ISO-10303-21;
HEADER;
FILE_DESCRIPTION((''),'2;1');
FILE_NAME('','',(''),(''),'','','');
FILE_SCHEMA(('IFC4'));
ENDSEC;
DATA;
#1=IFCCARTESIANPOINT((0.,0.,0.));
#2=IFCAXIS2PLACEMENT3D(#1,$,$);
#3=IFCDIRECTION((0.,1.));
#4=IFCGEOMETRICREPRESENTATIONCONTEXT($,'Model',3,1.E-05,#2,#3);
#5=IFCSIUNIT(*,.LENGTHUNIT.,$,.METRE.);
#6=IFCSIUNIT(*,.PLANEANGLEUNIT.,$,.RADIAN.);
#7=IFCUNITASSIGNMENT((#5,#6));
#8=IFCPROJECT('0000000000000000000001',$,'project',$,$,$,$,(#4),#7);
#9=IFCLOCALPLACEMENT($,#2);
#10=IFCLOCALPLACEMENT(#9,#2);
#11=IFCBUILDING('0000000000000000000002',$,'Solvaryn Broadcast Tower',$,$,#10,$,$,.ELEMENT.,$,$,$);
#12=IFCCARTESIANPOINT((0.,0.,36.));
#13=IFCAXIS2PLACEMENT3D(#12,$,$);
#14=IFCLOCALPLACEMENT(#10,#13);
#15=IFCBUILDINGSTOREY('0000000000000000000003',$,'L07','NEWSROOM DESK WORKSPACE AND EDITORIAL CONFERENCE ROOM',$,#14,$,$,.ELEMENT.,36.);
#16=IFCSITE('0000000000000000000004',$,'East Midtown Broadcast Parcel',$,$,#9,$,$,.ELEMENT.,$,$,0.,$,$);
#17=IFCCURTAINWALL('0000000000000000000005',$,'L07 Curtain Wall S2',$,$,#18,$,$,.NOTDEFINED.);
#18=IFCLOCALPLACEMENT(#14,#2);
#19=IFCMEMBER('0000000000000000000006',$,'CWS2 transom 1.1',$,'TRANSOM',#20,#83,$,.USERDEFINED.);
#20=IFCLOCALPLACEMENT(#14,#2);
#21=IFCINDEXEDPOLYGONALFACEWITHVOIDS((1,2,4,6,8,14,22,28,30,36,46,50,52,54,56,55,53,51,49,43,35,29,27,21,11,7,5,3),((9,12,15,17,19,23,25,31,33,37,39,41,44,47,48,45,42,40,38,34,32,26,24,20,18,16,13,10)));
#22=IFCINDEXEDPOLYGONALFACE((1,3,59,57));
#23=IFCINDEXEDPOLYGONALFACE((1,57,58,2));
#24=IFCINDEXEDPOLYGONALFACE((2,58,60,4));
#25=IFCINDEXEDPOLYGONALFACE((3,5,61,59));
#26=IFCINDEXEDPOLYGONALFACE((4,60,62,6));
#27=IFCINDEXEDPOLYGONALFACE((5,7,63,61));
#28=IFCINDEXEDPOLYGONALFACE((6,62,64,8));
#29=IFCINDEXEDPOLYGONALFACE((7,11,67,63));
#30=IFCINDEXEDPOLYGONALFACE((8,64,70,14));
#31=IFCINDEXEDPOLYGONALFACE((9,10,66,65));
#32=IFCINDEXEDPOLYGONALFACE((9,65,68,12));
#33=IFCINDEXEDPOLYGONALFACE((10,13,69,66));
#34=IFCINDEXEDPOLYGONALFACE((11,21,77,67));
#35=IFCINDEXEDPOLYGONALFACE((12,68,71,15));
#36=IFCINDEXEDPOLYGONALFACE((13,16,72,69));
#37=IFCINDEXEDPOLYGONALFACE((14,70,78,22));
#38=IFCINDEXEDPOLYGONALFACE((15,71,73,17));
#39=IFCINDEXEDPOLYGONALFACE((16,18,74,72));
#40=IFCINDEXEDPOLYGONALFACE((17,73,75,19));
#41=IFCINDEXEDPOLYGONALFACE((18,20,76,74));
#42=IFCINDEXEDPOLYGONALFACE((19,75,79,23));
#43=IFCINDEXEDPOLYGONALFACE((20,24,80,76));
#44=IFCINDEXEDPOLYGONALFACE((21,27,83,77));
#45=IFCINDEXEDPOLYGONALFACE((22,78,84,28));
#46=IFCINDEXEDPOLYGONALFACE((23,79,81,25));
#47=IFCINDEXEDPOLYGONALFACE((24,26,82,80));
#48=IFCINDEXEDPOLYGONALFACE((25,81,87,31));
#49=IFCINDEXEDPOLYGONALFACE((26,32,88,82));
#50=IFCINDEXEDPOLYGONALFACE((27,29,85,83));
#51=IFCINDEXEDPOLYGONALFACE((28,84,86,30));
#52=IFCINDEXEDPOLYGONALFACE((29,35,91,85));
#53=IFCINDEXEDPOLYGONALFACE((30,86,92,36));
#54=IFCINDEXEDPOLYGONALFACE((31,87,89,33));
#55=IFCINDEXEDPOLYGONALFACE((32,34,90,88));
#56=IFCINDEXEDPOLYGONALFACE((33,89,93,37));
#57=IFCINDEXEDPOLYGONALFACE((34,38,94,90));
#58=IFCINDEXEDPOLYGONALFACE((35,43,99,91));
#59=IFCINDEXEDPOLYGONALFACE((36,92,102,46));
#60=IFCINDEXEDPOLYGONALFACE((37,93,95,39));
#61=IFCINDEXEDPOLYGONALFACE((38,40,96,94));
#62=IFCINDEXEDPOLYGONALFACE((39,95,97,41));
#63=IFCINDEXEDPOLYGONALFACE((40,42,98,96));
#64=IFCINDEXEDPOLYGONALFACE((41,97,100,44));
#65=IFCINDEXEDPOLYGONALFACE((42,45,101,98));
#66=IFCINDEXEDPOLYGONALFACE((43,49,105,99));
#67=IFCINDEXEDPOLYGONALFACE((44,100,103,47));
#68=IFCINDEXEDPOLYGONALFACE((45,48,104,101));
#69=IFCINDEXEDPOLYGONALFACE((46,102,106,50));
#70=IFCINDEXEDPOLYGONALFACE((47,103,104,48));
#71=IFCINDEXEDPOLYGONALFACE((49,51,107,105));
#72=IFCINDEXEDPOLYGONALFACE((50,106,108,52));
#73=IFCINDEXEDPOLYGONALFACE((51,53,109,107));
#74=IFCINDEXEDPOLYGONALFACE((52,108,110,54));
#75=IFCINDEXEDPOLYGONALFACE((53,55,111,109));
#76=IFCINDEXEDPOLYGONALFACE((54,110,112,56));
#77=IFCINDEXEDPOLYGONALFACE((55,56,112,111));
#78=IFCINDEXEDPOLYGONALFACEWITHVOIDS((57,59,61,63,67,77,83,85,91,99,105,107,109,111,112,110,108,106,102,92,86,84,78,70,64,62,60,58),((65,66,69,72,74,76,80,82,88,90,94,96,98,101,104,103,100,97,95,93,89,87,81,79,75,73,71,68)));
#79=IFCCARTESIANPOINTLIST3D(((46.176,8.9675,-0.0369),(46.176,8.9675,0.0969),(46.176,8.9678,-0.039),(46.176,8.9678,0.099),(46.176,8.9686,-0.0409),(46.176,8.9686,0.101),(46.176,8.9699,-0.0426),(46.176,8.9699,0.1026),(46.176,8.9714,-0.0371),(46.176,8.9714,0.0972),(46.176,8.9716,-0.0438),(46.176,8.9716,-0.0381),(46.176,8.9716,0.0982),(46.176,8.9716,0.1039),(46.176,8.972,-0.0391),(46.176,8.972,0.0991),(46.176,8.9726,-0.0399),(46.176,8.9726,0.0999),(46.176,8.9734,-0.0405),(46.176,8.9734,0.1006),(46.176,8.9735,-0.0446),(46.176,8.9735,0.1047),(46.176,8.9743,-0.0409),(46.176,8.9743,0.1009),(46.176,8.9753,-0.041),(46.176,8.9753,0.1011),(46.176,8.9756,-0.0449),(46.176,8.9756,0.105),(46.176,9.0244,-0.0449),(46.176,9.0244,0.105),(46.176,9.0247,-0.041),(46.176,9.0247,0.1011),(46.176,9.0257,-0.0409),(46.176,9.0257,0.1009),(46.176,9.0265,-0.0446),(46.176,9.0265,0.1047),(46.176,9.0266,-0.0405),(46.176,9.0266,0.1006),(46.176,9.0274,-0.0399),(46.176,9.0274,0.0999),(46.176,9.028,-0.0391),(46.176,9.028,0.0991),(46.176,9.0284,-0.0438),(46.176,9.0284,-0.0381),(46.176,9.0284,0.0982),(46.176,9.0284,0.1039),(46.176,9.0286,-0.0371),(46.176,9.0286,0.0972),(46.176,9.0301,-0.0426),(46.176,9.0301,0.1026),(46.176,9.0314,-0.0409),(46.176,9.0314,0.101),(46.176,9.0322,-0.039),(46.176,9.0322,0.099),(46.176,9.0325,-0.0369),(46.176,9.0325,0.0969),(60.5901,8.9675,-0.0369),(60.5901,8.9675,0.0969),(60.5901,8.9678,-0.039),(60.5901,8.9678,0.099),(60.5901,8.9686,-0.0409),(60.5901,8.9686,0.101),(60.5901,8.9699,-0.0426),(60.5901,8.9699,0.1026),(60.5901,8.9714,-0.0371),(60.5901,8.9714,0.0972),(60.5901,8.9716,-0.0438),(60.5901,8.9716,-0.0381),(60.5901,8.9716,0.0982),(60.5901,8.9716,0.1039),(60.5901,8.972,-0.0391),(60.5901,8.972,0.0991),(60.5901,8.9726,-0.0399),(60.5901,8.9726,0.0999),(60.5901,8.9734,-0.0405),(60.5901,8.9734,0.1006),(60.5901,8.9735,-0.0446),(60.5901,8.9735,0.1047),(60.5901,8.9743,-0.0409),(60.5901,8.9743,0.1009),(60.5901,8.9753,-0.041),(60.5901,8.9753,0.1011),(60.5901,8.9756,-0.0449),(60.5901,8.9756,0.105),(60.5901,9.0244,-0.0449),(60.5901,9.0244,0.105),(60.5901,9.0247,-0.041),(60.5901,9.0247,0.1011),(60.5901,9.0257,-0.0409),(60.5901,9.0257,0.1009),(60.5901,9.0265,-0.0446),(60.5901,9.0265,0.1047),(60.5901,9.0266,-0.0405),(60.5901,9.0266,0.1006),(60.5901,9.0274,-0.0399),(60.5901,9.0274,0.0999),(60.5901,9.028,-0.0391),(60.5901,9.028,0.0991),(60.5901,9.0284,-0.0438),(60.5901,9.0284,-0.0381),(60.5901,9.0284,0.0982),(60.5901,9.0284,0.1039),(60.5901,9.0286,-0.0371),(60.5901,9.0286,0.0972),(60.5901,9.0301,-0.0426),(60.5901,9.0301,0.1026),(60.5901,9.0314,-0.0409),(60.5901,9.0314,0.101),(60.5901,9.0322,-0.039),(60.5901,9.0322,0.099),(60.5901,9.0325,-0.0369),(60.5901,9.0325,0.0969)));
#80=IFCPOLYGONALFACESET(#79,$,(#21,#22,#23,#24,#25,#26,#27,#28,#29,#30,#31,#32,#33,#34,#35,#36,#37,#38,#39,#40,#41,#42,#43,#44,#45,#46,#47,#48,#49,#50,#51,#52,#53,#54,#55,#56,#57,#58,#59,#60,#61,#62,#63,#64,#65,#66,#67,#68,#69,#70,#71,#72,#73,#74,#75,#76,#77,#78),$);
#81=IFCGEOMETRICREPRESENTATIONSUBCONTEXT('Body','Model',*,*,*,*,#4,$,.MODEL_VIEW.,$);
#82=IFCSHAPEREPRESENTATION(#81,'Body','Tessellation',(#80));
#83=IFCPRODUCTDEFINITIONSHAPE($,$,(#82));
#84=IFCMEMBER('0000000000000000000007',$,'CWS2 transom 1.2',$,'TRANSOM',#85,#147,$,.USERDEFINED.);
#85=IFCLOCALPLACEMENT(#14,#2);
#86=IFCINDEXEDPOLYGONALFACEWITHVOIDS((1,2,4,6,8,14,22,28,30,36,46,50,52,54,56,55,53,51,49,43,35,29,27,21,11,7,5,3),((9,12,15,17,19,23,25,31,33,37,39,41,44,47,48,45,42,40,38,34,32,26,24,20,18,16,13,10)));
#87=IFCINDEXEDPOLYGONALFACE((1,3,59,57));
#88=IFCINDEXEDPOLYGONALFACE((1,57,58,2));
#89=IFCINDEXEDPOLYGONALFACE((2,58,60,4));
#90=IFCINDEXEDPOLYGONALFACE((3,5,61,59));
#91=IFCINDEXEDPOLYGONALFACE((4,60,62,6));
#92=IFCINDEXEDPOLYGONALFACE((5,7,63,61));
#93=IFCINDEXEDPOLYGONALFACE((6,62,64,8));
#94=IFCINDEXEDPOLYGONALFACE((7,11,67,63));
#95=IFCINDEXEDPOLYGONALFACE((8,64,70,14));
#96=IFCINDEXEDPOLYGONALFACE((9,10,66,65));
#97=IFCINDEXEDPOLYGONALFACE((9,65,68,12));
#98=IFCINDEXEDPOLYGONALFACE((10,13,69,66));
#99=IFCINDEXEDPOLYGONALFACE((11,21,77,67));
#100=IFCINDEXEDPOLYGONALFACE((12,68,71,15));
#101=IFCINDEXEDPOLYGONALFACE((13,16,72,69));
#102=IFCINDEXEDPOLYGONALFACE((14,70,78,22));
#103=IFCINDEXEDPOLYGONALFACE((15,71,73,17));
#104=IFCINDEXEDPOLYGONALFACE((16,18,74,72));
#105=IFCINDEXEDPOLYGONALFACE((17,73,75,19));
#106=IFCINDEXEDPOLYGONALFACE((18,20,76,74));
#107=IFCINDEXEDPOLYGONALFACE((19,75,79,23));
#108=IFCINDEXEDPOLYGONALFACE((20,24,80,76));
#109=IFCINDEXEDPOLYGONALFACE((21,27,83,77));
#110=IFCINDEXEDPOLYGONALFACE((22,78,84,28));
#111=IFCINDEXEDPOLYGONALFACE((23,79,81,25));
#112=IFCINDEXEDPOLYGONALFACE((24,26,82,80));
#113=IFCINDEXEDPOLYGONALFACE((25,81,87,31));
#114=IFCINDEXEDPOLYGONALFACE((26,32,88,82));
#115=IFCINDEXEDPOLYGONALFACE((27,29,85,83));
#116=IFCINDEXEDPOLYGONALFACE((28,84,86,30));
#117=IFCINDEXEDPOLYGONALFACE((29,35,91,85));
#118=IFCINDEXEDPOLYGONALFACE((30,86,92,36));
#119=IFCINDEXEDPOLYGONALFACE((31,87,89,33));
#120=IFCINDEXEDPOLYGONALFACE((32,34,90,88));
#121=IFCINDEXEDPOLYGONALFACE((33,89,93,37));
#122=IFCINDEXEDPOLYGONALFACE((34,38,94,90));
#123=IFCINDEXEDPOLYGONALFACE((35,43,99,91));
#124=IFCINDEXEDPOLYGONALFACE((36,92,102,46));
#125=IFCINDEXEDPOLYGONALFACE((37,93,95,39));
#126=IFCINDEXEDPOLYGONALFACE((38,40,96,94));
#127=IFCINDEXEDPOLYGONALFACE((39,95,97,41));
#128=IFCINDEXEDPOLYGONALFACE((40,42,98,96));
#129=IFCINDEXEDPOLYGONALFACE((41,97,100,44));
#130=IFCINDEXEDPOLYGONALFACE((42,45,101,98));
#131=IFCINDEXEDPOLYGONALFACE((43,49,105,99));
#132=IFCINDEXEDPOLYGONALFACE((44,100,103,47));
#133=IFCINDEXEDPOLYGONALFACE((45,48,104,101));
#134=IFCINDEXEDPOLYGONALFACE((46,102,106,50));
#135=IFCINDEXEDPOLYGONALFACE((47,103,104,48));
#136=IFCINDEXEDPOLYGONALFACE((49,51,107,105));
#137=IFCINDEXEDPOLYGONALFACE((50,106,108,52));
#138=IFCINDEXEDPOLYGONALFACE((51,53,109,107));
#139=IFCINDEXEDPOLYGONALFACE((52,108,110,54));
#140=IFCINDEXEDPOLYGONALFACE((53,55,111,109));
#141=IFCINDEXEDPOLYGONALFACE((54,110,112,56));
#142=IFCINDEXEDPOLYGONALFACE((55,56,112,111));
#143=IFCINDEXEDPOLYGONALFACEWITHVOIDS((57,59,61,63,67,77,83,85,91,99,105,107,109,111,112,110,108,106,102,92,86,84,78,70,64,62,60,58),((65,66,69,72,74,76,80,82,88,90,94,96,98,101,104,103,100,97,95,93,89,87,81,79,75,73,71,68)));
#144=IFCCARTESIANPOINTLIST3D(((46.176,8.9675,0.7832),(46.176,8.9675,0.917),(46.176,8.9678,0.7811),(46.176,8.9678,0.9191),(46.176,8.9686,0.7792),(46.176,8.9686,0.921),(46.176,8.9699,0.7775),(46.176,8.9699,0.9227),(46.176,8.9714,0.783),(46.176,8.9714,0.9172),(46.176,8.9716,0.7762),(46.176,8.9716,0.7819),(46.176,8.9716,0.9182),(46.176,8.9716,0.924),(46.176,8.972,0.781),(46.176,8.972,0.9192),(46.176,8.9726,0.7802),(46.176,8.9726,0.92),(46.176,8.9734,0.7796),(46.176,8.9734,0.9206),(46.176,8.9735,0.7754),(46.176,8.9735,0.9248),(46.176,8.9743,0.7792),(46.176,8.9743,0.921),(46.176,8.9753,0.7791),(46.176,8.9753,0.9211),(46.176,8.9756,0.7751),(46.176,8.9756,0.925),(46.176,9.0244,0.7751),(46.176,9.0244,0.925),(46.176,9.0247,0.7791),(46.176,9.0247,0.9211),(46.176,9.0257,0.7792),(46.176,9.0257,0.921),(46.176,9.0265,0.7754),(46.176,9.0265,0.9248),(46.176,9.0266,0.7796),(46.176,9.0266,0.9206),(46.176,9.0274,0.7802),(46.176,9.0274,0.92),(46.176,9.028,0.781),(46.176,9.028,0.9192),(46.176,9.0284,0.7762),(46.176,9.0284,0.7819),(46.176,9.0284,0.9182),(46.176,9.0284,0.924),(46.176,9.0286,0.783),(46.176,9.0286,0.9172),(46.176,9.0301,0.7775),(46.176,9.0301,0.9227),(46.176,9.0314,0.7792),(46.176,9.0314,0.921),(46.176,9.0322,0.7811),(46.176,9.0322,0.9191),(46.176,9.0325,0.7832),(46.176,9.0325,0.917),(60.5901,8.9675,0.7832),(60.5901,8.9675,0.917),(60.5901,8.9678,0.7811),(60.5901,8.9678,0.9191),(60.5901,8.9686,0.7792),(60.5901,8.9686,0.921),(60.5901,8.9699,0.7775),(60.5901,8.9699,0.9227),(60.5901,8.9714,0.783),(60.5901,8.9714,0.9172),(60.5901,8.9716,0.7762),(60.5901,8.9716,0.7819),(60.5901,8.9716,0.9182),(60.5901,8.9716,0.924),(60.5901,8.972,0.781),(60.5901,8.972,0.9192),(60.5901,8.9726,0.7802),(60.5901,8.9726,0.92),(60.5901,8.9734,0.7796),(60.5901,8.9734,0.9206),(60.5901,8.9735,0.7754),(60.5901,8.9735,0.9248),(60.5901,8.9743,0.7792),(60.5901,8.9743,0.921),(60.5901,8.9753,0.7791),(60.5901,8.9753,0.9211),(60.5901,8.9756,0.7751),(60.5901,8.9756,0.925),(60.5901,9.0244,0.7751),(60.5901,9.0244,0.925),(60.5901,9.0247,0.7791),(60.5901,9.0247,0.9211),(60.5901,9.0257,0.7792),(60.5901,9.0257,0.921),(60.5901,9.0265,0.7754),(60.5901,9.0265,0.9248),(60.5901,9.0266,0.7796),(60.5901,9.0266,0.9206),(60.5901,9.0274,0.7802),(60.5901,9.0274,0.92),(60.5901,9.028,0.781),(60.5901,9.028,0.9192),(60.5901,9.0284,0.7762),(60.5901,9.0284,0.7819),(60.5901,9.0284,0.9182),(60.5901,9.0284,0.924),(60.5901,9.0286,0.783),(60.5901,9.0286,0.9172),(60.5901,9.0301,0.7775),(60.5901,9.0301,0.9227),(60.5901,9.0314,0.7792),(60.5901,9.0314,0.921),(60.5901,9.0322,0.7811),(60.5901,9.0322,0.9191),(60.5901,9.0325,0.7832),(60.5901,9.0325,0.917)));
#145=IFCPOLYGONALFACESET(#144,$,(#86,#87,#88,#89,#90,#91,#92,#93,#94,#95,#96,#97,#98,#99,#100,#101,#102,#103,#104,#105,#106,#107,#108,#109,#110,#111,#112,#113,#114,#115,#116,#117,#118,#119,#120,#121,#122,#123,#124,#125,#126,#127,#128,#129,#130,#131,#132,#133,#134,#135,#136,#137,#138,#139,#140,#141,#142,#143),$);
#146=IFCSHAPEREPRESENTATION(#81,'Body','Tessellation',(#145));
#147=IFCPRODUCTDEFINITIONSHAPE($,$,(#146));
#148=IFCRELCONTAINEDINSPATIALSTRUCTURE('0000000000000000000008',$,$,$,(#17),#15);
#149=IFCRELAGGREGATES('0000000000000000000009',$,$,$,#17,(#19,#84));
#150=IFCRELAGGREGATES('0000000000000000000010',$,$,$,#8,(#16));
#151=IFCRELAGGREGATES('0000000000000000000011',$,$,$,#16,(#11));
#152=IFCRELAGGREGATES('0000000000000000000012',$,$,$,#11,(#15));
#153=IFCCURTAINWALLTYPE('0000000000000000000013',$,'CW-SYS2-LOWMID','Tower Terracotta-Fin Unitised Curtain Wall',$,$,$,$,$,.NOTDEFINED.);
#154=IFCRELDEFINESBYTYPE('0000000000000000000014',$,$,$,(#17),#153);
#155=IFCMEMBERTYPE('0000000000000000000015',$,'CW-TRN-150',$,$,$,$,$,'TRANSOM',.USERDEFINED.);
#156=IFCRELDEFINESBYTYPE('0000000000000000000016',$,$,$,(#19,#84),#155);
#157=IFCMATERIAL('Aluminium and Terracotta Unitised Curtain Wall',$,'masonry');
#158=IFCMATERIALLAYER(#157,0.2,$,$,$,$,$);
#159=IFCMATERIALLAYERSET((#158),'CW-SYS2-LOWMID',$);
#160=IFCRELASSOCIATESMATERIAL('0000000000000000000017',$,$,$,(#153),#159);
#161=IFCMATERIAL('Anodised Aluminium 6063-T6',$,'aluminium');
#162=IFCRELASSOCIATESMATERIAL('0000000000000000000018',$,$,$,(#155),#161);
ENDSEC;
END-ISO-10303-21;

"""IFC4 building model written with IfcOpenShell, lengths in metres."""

from ifc_helpers import new_model, si_unit, direction, frame, origin, origin_2d, place, context, subcontext, project, spatial, hollow_rectangle, extrude, material, layer, layer_set, material_profile, profile_set, type_object, element, aggregate, save


model = new_model("IFC4")

# Units and contexts
model_context = context("Model", 3, precision=1e-05, world=origin(), true_north=direction((0.0, 1.0)))
body_context = subcontext(model_context, "Body", "Model", "MODEL_VIEW")
ifc_project = project(units=[si_unit("LENGTHUNIT", "METRE"), si_unit("PLANEANGLEUNIT", "RADIAN")], contexts=[model_context])

# Site, building, storey
site_placement = place(None, origin())
site = spatial("IfcSite", under=ifc_project, at=site_placement, Name="East Midtown Broadcast Parcel", CompositionType="ELEMENT", RefElevation=0.0)
building_placement = place(site_placement, origin())
building = spatial("IfcBuilding", under=site, at=building_placement, Name="Solvaryn Broadcast Tower", CompositionType="ELEMENT")
storey_placement = place(building_placement, frame((0.0, 0.0, 36.0)))
storey = spatial("IfcBuildingStorey", under=building, at=storey_placement, Name="L07", Description="NEWSROOM DESK WORKSPACE AND EDITORIAL CONFERENCE ROOM", CompositionType="ELEMENT", Elevation=36.0)

# Shared definitions
ifc_material_1 = material(Name="Aluminium and Terracotta Unitised Curtain Wall", Category="masonry")
ifc_layer_1 = layer(ifc_material_1, 0.2)
ifc_layer_set_1 = layer_set([ifc_layer_1], Name="CW-SYS2-LOWMID")
curtain_wall_type = type_object("IfcCurtainWallType", Name="CW-SYS2-LOWMID", Description="Tower Terracotta-Fin Unitised Curtain Wall", PredefinedType="NOTDEFINED", material=ifc_layer_set_1)

# Curtain wall, members
curtain_wall_1_placement = place(storey_placement, origin())
curtain_wall_1 = element("IfcCurtainWall", 1, at=curtain_wall_1_placement, inside=storey, type_object=curtain_wall_type, Name="L07 Curtain Wall S2", PredefinedType="NOTDEFINED")
ifc_material_2 = material(Name="Anodised Aluminium 6063-T6", Category="aluminium")
ifc_material_profile_1 = material_profile(ifc_material_2, hollow_rectangle(XDim=0.0649, YDim=0.1499, WallThickness=0.0039, InnerFilletRadius=0.0039, OuterFilletRadius=0.0081, at=origin_2d()))
ifc_profile_set_1 = profile_set([ifc_material_profile_1], Name="Anodised Aluminium 6063-T6")
member_type_1 = type_object("IfcMemberType", Name="CW-TRN-150", ElementType="TRANSOM", PredefinedType="USERDEFINED", material=ifc_profile_set_1)
member_1_placement = place(storey_placement, frame((46.176, 9.0, 0.03), z_axis=(1.0, 0.0, 0.0), x_axis=(0.0, 1.0, 0.0)))
member_1 = element("IfcMember", 2, at=member_1_placement, type_object=member_type_1, Name="CWS2 transom 1.1", ObjectType="TRANSOM", PredefinedType="USERDEFINED", context=body_context, shape_type="SweptSolid", body=[
    extrude(hollow_rectangle(XDim=0.0649, YDim=0.1499, WallThickness=0.0039, InnerFilletRadius=0.0039, OuterFilletRadius=0.0081, at=origin_2d()), origin(), (0.0, 0.0, 1.0), 14.4141),
])
member_2_placement = place(storey_placement, frame((46.176, 9.0, 0.8501), z_axis=(1.0, 0.0, 0.0), x_axis=(0.0, 1.0, 0.0)))
member_2 = element("IfcMember", 3, at=member_2_placement, type_object=member_type_1, Name="CWS2 transom 1.2", ObjectType="TRANSOM", PredefinedType="USERDEFINED", context=body_context, shape_type="SweptSolid", body=[
    extrude(hollow_rectangle(XDim=0.0649, YDim=0.1499, WallThickness=0.0039, InnerFilletRadius=0.0039, OuterFilletRadius=0.0081, at=origin_2d()), origin(), (0.0, 0.0, 1.0), 14.4141),
])
aggregate(curtain_wall_1, [member_1, member_2])

save(model, "model.ifc")
